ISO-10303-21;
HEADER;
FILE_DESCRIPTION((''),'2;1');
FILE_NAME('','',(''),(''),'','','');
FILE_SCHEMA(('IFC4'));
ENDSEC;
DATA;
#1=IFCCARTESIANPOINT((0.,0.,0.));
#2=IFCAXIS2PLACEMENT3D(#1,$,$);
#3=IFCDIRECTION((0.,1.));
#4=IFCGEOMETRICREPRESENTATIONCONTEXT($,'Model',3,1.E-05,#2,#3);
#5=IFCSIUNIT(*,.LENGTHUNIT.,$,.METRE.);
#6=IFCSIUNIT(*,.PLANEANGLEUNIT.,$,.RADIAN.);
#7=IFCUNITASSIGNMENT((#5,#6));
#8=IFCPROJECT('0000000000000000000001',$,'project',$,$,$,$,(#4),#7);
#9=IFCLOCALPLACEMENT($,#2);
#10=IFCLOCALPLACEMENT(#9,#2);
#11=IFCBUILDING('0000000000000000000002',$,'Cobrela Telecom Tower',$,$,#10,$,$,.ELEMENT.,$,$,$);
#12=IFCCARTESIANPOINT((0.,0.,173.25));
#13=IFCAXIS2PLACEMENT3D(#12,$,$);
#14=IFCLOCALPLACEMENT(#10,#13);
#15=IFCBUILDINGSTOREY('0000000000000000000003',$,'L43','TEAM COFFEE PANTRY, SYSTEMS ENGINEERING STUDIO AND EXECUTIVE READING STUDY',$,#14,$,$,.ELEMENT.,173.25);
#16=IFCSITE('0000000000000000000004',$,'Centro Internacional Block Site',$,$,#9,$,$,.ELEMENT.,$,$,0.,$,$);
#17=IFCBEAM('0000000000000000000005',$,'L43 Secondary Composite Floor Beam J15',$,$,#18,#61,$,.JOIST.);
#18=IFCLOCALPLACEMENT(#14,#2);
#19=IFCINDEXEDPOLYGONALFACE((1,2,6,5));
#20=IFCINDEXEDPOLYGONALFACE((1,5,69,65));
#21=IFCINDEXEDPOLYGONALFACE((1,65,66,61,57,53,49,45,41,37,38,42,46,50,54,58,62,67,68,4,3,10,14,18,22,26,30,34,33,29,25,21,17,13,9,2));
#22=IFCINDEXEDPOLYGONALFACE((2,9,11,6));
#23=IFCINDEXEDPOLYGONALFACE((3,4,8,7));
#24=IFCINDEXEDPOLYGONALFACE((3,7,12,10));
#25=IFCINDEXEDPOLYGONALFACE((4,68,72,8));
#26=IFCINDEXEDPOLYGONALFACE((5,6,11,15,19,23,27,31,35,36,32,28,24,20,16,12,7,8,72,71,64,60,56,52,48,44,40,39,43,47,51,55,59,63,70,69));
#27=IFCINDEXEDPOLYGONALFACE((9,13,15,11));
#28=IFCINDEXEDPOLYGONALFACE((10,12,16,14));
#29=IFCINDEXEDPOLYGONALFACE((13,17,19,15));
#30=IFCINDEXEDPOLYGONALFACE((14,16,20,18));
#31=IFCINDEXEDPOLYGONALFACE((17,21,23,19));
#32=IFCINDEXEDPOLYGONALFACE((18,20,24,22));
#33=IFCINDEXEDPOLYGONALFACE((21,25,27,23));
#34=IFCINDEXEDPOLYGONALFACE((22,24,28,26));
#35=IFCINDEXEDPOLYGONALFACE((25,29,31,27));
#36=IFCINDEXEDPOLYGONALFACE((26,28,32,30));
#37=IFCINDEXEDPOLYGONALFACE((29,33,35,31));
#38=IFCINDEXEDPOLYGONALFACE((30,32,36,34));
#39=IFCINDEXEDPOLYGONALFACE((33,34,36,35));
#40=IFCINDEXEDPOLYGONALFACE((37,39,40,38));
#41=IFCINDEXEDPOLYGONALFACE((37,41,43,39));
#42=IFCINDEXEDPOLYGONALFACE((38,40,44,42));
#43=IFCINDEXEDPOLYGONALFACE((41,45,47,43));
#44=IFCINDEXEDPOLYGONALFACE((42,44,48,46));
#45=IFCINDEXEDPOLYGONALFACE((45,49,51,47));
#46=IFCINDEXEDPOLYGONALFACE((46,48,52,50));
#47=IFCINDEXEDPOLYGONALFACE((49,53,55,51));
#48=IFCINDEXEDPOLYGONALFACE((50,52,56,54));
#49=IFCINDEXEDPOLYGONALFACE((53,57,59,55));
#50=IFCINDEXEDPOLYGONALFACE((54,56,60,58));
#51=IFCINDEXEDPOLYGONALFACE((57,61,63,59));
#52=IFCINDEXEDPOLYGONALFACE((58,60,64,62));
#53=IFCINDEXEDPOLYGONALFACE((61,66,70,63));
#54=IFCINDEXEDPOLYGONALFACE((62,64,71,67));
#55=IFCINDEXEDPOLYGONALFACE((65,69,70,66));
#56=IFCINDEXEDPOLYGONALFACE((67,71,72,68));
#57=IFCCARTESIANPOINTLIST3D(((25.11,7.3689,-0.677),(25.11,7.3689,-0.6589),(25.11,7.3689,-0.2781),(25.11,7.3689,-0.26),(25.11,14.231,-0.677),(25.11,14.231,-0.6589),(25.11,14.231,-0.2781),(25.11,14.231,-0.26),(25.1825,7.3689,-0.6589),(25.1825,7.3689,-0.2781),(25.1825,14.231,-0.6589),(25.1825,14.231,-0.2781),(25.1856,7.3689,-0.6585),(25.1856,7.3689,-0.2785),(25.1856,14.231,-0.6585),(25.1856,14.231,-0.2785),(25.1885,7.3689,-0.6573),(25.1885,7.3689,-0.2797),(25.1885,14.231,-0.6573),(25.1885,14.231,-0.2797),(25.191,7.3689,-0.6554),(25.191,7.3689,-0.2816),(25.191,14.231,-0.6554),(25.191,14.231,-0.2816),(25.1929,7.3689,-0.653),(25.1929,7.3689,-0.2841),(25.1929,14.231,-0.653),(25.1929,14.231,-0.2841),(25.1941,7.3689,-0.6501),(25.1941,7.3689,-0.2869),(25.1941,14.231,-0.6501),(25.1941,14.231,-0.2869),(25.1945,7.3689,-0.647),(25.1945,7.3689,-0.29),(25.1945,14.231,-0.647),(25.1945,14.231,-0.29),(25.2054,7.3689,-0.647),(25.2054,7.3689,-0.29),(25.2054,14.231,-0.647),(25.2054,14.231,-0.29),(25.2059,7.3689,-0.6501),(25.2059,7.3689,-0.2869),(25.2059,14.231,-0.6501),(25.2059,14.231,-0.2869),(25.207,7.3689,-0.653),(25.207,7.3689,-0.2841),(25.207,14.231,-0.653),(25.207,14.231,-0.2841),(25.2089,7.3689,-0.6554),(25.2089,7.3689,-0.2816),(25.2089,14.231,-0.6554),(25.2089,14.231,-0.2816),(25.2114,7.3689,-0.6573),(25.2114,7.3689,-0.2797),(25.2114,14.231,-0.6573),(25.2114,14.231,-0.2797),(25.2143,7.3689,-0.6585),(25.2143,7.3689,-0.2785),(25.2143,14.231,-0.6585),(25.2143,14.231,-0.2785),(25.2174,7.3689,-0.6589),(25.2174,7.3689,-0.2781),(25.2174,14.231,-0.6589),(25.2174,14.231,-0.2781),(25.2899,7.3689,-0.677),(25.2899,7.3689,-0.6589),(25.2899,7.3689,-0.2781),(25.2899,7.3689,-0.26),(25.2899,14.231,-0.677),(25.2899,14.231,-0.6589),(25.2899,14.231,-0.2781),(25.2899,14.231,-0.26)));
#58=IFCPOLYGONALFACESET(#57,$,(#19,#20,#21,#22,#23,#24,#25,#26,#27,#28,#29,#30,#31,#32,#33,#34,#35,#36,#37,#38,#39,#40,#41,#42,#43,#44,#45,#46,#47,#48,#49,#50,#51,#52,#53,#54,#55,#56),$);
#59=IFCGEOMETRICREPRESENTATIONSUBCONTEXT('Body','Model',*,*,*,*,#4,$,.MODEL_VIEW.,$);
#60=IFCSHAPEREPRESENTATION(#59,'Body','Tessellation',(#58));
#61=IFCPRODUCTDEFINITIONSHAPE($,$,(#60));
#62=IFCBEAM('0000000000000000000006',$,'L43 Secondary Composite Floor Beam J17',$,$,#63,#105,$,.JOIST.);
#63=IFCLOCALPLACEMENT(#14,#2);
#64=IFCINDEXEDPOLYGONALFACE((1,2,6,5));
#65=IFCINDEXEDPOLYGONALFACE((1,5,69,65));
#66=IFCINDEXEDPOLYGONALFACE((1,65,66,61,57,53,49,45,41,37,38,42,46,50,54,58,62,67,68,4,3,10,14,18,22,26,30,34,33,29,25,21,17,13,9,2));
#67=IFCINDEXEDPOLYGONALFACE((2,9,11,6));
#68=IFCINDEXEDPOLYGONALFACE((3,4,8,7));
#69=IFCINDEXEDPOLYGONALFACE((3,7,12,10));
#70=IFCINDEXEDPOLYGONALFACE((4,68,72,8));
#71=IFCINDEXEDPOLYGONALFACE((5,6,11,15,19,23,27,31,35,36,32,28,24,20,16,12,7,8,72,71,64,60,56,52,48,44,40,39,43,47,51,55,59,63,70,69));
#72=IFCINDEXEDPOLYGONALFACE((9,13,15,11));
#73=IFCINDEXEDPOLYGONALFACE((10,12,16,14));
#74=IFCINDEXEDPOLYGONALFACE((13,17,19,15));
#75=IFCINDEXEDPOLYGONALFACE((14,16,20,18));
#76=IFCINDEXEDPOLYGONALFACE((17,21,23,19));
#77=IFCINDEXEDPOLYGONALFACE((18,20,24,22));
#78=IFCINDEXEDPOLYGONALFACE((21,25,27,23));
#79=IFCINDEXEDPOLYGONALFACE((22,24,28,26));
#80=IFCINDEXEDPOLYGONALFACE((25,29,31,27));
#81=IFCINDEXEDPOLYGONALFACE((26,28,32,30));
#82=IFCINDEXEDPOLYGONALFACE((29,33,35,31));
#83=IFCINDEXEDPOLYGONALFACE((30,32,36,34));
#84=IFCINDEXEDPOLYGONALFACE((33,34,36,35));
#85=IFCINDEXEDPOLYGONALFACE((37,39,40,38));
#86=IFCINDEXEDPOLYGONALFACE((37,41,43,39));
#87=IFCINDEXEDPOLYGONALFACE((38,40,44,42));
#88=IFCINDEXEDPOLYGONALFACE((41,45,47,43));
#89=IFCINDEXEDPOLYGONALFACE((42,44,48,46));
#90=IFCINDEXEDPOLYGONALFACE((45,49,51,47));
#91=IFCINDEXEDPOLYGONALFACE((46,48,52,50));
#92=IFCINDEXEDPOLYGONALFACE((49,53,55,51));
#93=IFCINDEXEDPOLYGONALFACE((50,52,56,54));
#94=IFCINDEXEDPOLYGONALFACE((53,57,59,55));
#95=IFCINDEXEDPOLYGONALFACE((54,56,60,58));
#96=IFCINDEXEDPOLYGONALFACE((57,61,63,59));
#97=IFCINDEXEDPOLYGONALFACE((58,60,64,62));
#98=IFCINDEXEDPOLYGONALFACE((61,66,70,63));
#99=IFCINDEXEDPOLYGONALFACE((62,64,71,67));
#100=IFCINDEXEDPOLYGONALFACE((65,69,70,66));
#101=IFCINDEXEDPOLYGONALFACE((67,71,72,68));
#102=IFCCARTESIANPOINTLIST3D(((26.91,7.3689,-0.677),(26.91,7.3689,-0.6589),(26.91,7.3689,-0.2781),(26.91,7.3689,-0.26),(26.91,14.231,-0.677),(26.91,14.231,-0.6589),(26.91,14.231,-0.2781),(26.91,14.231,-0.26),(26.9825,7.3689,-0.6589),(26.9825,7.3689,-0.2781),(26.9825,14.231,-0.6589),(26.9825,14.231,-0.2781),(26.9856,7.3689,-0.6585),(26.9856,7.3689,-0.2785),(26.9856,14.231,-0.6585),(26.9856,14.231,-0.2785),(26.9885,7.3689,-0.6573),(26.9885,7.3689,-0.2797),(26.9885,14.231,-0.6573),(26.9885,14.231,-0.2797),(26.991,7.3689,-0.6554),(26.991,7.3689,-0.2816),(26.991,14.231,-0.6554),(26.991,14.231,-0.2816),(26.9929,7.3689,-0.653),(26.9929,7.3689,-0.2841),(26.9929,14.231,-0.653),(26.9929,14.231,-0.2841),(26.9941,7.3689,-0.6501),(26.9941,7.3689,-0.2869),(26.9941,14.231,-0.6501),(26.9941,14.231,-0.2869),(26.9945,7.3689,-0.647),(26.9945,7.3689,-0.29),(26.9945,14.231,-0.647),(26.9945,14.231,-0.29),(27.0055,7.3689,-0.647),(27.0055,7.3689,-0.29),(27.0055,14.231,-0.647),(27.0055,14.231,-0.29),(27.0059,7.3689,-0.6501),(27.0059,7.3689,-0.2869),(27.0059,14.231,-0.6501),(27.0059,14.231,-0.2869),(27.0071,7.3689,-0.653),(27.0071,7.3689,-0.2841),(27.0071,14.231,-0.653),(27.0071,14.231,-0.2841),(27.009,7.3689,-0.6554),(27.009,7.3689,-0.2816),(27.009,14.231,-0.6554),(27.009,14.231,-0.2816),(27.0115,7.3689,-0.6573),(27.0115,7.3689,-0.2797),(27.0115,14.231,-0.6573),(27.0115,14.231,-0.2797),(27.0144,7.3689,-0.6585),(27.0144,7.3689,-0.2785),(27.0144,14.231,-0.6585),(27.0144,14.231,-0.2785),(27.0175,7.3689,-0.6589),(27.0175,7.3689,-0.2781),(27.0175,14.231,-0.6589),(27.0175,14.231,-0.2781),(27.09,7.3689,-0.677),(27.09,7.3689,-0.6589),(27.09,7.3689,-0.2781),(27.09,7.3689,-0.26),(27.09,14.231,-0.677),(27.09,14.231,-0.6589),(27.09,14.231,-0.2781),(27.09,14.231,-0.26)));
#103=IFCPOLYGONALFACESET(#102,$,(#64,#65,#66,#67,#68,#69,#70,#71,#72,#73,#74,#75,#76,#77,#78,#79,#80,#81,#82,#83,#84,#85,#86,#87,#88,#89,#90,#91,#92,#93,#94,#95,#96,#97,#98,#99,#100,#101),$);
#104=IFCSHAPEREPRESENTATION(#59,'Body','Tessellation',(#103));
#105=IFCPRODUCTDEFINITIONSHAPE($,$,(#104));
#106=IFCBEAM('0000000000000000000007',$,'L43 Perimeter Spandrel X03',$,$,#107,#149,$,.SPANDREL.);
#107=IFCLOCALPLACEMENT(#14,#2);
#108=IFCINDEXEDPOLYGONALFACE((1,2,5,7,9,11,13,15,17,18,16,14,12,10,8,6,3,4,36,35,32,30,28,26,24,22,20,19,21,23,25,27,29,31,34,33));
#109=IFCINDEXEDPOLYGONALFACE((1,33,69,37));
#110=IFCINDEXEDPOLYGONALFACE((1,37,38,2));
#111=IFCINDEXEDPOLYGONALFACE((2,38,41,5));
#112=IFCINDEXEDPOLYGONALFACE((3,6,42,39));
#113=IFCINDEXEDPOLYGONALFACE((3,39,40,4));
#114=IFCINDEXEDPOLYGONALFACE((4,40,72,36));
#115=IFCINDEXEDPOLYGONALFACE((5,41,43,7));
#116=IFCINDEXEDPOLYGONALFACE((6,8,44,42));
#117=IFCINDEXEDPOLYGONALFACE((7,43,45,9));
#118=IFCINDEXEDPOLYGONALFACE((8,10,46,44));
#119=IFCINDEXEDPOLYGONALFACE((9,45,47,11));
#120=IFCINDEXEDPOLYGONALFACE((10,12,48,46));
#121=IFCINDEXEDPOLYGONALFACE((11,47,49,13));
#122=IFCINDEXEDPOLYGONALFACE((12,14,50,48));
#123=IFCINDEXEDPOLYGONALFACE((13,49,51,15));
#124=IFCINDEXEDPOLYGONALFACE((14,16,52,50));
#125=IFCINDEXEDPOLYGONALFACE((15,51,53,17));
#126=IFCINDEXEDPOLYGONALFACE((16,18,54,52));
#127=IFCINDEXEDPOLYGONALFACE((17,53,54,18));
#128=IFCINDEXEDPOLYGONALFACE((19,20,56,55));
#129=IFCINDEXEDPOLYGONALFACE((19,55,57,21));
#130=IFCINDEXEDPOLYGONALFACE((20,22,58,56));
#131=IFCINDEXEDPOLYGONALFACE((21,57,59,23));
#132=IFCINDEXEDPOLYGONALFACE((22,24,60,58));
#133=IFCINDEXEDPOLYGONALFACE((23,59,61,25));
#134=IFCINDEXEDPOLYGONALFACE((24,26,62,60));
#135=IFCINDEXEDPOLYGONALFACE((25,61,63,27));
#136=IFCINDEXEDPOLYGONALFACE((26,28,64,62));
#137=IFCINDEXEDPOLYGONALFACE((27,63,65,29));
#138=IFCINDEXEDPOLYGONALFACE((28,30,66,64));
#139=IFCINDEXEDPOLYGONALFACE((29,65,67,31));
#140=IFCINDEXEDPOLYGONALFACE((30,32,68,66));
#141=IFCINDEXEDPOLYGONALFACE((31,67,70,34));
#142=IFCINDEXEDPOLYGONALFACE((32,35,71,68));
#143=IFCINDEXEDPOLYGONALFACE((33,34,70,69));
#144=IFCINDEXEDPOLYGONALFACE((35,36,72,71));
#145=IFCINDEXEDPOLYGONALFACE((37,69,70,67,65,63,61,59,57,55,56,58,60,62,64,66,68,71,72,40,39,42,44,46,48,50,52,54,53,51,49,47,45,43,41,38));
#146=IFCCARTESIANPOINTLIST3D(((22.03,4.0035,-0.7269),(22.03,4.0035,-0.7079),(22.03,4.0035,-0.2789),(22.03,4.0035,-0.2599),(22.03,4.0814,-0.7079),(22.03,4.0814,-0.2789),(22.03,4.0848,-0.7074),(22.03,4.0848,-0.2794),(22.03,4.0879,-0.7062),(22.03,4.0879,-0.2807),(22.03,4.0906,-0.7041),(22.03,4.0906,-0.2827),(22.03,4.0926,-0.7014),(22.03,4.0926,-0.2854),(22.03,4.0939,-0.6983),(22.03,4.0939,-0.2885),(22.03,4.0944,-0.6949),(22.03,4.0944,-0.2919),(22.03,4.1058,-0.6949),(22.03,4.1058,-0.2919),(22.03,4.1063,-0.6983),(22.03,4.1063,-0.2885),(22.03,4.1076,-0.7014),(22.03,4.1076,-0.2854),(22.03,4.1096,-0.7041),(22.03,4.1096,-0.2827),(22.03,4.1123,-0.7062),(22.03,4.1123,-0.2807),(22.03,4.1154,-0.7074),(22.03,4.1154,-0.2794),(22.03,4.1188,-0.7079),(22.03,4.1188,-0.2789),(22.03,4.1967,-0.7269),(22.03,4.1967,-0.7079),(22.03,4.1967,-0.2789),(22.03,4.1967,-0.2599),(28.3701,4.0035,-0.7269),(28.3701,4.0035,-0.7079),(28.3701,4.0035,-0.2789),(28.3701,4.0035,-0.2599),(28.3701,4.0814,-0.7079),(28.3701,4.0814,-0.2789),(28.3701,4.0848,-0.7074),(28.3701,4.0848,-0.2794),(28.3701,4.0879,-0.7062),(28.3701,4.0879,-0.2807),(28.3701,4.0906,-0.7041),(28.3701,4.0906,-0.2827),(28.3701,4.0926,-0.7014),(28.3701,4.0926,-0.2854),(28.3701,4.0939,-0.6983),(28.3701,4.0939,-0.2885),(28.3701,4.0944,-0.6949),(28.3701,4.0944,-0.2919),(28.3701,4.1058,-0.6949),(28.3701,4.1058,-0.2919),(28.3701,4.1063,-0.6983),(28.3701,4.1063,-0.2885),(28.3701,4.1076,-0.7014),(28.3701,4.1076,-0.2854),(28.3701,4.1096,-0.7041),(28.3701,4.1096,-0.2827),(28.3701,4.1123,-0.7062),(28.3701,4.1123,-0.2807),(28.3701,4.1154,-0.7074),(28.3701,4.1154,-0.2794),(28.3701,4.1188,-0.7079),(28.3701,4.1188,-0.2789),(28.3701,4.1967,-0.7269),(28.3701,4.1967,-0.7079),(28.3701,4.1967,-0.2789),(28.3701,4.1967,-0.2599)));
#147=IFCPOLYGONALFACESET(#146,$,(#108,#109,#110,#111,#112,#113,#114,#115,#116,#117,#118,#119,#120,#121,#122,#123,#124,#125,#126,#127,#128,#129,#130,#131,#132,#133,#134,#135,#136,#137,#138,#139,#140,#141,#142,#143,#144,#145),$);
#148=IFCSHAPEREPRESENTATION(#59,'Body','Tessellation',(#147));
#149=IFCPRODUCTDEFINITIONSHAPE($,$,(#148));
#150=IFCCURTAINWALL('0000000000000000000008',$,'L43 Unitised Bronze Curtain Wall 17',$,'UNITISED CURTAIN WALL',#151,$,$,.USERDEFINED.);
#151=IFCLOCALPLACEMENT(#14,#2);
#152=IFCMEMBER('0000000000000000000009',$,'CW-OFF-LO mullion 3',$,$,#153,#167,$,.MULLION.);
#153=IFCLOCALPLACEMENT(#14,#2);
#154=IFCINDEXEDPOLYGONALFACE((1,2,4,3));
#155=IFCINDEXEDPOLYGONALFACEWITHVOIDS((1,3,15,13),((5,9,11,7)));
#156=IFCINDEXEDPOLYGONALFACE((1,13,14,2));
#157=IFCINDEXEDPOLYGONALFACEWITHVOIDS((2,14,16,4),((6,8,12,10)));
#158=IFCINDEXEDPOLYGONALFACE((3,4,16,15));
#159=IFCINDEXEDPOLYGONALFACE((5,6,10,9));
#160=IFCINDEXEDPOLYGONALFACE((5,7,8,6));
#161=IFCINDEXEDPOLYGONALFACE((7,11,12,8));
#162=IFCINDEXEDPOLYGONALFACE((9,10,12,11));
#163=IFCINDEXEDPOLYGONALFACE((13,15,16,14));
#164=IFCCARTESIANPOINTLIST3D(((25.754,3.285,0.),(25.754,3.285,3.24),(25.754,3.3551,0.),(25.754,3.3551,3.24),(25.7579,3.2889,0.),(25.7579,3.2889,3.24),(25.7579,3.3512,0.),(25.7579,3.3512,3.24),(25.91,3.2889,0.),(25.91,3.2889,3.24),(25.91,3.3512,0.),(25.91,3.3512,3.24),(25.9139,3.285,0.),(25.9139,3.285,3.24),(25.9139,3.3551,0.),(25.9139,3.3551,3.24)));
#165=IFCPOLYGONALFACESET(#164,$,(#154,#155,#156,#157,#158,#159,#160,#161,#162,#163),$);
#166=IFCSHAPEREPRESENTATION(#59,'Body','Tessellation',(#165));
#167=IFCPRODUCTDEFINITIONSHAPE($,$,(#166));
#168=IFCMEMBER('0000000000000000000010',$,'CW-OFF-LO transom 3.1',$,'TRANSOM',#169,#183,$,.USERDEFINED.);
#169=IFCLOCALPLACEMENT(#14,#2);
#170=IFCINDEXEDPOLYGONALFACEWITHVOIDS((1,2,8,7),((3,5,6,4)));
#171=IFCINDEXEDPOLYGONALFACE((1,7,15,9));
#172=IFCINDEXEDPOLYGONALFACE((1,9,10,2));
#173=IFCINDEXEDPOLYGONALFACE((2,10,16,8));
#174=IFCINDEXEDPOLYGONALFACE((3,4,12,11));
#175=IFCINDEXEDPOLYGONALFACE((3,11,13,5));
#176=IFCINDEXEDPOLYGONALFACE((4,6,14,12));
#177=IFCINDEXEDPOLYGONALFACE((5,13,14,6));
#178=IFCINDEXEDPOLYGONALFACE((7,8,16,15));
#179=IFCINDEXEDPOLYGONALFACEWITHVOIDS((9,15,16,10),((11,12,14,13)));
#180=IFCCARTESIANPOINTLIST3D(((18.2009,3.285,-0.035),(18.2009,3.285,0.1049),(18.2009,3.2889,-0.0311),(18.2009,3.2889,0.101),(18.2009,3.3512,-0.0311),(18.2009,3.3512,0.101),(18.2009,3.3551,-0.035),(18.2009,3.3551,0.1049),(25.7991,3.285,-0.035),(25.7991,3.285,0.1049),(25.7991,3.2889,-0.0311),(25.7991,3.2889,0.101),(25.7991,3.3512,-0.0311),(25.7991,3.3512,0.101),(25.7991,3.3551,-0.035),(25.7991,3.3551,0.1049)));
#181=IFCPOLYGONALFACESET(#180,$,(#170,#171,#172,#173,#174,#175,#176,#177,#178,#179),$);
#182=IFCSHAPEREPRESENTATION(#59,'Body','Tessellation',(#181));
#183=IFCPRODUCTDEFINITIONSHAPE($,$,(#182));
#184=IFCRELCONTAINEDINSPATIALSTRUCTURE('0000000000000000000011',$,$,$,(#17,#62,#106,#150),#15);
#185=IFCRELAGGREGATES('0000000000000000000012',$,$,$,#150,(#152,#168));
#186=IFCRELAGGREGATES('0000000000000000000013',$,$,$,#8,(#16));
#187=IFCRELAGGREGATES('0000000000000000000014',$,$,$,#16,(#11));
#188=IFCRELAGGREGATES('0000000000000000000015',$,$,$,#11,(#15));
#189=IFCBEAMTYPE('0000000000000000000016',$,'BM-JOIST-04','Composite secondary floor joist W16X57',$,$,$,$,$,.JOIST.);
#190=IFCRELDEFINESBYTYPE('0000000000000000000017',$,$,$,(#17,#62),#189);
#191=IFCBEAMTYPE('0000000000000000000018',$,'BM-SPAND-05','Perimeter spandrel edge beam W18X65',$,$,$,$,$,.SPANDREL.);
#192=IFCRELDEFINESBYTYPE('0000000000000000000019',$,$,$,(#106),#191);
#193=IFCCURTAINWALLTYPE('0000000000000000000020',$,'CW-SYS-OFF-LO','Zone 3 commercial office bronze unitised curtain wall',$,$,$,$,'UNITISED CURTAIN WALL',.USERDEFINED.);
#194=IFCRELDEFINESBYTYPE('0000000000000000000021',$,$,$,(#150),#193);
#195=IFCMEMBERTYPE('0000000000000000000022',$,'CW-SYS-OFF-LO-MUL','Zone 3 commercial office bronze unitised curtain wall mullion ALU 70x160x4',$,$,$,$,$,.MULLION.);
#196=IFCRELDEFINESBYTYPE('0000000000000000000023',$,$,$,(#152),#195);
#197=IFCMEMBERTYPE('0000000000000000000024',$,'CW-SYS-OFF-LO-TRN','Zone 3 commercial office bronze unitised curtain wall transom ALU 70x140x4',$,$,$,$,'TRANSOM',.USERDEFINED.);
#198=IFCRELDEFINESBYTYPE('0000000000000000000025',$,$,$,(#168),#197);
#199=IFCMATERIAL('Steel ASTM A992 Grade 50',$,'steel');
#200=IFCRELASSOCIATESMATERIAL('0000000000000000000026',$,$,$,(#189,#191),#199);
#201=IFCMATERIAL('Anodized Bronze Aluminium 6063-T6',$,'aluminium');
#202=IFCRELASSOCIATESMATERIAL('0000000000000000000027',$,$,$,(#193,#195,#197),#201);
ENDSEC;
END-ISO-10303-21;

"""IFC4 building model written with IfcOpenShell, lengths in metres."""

from ifc_helpers import new_model, si_unit, direction, frame, origin, origin_2d, place, context, subcontext, project, spatial, hollow_rectangle, i_section, extrude, material, material_profile, profile_set, type_object, element, aggregate, save


model = new_model("IFC4")

# Units and contexts
model_context = context("Model", 3, precision=1e-05, world=origin(), true_north=direction((0.0, 1.0)))
body_context = subcontext(model_context, "Body", "Model", "MODEL_VIEW")
ifc_project = project(units=[si_unit("LENGTHUNIT", "METRE"), si_unit("PLANEANGLEUNIT", "RADIAN")], contexts=[model_context])

# Site, building, storey
site_placement = place(None, origin())
site = spatial("IfcSite", under=ifc_project, at=site_placement, Name="Centro Internacional Block Site", CompositionType="ELEMENT", RefElevation=0.0)
building_placement = place(site_placement, origin())
building = spatial("IfcBuilding", under=site, at=building_placement, Name="Cobrela Telecom Tower", CompositionType="ELEMENT")
storey_placement = place(building_placement, frame((0.0, 0.0, 173.25)))
storey = spatial("IfcBuildingStorey", under=building, at=storey_placement, Name="L43", Description="TEAM COFFEE PANTRY, SYSTEMS ENGINEERING STUDIO AND EXECUTIVE READING STUDY", CompositionType="ELEMENT", Elevation=173.25)

# Shared definitions
ifc_material_1 = material(Name="Steel ASTM A992 Grade 50", Category="steel")

# Beams
ifc_material_profile_1 = material_profile(ifc_material_1, i_section(OverallWidth=0.1799, OverallDepth=0.417, WebThickness=0.011, FlangeThickness=0.0181, FilletRadius=0.012, at=origin_2d()), Name="W16X57")
ifc_profile_set_1 = profile_set([ifc_material_profile_1], Name="Steel ASTM A992 Grade 50")
beam_type_1 = type_object("IfcBeamType", Name="BM-JOIST-04", Description="Composite secondary floor joist W16X57", PredefinedType="JOIST", material=ifc_profile_set_1)
for number, where, z_axis, x_axis, name in (
    (1, (25.2, 7.3689, -0.4685), (0.0, 1.0, 0.0), (-1.0, 0.0, 0.0), "L43 Secondary Composite Floor Beam J15"),
    (2, (27.0, 7.3689, -0.4685), (0.0, 1.0, 0.0), (-1.0, 0.0, 0.0), "L43 Secondary Composite Floor Beam J17"),
):
    element("IfcBeam", number, at=place(storey_placement, frame(where, z_axis=z_axis, x_axis=x_axis)), inside=storey, type_object=beam_type_1, Name=name, PredefinedType="JOIST", context=body_context, shape_type="SweptSolid", body=[
        extrude(i_section(OverallWidth=0.1799, OverallDepth=0.417, WebThickness=0.011, FlangeThickness=0.0181, FilletRadius=0.012, at=origin_2d()), origin(), (0.0, 0.0, 1.0), 6.8621),
    ])
ifc_material_profile_2 = material_profile(ifc_material_1, i_section(OverallWidth=0.1931, OverallDepth=0.467, WebThickness=0.0115, FlangeThickness=0.019, FilletRadius=0.0129, at=origin_2d()), Name="W18X65")
ifc_profile_set_2 = profile_set([ifc_material_profile_2], Name="Steel ASTM A992 Grade 50")
beam_type_2 = type_object("IfcBeamType", Name="BM-SPAND-05", Description="Perimeter spandrel edge beam W18X65", PredefinedType="SPANDREL", material=ifc_profile_set_2)
beam_1_placement = place(storey_placement, frame((22.03, 4.1001, -0.4934), z_axis=(1.0, 0.0, 0.0), x_axis=(0.0, 1.0, 0.0)))
element("IfcBeam", 3, at=beam_1_placement, inside=storey, type_object=beam_type_2, Name="L43 Perimeter Spandrel X03", PredefinedType="SPANDREL", context=body_context, shape_type="SweptSolid", body=[
    extrude(i_section(OverallWidth=0.1931, OverallDepth=0.467, WebThickness=0.0115, FlangeThickness=0.019, FilletRadius=0.0129, at=origin_2d()), origin(), (0.0, 0.0, 1.0), 6.3401),
])

# Curtain wall, members
ifc_material_2 = material(Name="Anodized Bronze Aluminium 6063-T6", Category="aluminium")
curtain_wall_type = type_object("IfcCurtainWallType", Name="CW-SYS-OFF-LO", Description="Zone 3 commercial office bronze unitised curtain wall", ElementType="UNITISED CURTAIN WALL", PredefinedType="USERDEFINED", material=ifc_material_2)
curtain_wall_placement = place(storey_placement, origin())
curtain_wall = element("IfcCurtainWall", 4, at=curtain_wall_placement, inside=storey, type_object=curtain_wall_type, Name="L43 Unitised Bronze Curtain Wall 17", ObjectType="UNITISED CURTAIN WALL", PredefinedType="USERDEFINED")
ifc_material_profile_3 = material_profile(ifc_material_2, hollow_rectangle(XDim=0.0701, YDim=0.1599, WallThickness=0.0039, at=origin_2d()), Name="ALU 70x160x4")
ifc_profile_set_3 = profile_set([ifc_material_profile_3], Name="Anodized Bronze Aluminium 6063-T6")
member_type_1 = type_object("IfcMemberType", Name="CW-SYS-OFF-LO-MUL", Description="Zone 3 commercial office bronze unitised curtain wall mullion ALU 70x160x4", PredefinedType="MULLION", material=ifc_profile_set_3)
member_1_placement = place(storey_placement, frame((25.834, 3.3201, 0.0), z_axis=(0.0, 0.0, 1.0), x_axis=(0.0, -1.0, 0.0)))
member_1 = element("IfcMember", 5, at=member_1_placement, type_object=member_type_1, Name="CW-OFF-LO mullion 3", PredefinedType="MULLION", context=body_context, shape_type="SweptSolid", body=[
    extrude(hollow_rectangle(XDim=0.0701, YDim=0.1599, WallThickness=0.0039, at=origin_2d()), origin(), (0.0, 0.0, 1.0), 3.24),
])
ifc_material_profile_4 = material_profile(ifc_material_2, hollow_rectangle(XDim=0.0701, YDim=0.1399, WallThickness=0.0039, at=origin_2d()), Name="ALU 70x140x4")
ifc_profile_set_4 = profile_set([ifc_material_profile_4], Name="Anodized Bronze Aluminium 6063-T6")
member_type_2 = type_object("IfcMemberType", Name="CW-SYS-OFF-LO-TRN", Description="Zone 3 commercial office bronze unitised curtain wall transom ALU 70x140x4", ElementType="TRANSOM", PredefinedType="USERDEFINED", material=ifc_profile_set_4)
member_2_placement = place(storey_placement, frame((25.7991, 3.3201, 0.0349), z_axis=(-1.0, 0.0, 0.0), x_axis=(0.0, -1.0, 0.0)))
member_2 = element("IfcMember", 6, at=member_2_placement, type_object=member_type_2, Name="CW-OFF-LO transom 3.1", ObjectType="TRANSOM", PredefinedType="USERDEFINED", context=body_context, shape_type="SweptSolid", body=[
    extrude(hollow_rectangle(XDim=0.0701, YDim=0.1399, WallThickness=0.0039, at=origin_2d()), origin(), (0.0, 0.0, 1.0), 7.5981),
])
aggregate(curtain_wall, [member_1, member_2])

save(model, "model.ifc")
